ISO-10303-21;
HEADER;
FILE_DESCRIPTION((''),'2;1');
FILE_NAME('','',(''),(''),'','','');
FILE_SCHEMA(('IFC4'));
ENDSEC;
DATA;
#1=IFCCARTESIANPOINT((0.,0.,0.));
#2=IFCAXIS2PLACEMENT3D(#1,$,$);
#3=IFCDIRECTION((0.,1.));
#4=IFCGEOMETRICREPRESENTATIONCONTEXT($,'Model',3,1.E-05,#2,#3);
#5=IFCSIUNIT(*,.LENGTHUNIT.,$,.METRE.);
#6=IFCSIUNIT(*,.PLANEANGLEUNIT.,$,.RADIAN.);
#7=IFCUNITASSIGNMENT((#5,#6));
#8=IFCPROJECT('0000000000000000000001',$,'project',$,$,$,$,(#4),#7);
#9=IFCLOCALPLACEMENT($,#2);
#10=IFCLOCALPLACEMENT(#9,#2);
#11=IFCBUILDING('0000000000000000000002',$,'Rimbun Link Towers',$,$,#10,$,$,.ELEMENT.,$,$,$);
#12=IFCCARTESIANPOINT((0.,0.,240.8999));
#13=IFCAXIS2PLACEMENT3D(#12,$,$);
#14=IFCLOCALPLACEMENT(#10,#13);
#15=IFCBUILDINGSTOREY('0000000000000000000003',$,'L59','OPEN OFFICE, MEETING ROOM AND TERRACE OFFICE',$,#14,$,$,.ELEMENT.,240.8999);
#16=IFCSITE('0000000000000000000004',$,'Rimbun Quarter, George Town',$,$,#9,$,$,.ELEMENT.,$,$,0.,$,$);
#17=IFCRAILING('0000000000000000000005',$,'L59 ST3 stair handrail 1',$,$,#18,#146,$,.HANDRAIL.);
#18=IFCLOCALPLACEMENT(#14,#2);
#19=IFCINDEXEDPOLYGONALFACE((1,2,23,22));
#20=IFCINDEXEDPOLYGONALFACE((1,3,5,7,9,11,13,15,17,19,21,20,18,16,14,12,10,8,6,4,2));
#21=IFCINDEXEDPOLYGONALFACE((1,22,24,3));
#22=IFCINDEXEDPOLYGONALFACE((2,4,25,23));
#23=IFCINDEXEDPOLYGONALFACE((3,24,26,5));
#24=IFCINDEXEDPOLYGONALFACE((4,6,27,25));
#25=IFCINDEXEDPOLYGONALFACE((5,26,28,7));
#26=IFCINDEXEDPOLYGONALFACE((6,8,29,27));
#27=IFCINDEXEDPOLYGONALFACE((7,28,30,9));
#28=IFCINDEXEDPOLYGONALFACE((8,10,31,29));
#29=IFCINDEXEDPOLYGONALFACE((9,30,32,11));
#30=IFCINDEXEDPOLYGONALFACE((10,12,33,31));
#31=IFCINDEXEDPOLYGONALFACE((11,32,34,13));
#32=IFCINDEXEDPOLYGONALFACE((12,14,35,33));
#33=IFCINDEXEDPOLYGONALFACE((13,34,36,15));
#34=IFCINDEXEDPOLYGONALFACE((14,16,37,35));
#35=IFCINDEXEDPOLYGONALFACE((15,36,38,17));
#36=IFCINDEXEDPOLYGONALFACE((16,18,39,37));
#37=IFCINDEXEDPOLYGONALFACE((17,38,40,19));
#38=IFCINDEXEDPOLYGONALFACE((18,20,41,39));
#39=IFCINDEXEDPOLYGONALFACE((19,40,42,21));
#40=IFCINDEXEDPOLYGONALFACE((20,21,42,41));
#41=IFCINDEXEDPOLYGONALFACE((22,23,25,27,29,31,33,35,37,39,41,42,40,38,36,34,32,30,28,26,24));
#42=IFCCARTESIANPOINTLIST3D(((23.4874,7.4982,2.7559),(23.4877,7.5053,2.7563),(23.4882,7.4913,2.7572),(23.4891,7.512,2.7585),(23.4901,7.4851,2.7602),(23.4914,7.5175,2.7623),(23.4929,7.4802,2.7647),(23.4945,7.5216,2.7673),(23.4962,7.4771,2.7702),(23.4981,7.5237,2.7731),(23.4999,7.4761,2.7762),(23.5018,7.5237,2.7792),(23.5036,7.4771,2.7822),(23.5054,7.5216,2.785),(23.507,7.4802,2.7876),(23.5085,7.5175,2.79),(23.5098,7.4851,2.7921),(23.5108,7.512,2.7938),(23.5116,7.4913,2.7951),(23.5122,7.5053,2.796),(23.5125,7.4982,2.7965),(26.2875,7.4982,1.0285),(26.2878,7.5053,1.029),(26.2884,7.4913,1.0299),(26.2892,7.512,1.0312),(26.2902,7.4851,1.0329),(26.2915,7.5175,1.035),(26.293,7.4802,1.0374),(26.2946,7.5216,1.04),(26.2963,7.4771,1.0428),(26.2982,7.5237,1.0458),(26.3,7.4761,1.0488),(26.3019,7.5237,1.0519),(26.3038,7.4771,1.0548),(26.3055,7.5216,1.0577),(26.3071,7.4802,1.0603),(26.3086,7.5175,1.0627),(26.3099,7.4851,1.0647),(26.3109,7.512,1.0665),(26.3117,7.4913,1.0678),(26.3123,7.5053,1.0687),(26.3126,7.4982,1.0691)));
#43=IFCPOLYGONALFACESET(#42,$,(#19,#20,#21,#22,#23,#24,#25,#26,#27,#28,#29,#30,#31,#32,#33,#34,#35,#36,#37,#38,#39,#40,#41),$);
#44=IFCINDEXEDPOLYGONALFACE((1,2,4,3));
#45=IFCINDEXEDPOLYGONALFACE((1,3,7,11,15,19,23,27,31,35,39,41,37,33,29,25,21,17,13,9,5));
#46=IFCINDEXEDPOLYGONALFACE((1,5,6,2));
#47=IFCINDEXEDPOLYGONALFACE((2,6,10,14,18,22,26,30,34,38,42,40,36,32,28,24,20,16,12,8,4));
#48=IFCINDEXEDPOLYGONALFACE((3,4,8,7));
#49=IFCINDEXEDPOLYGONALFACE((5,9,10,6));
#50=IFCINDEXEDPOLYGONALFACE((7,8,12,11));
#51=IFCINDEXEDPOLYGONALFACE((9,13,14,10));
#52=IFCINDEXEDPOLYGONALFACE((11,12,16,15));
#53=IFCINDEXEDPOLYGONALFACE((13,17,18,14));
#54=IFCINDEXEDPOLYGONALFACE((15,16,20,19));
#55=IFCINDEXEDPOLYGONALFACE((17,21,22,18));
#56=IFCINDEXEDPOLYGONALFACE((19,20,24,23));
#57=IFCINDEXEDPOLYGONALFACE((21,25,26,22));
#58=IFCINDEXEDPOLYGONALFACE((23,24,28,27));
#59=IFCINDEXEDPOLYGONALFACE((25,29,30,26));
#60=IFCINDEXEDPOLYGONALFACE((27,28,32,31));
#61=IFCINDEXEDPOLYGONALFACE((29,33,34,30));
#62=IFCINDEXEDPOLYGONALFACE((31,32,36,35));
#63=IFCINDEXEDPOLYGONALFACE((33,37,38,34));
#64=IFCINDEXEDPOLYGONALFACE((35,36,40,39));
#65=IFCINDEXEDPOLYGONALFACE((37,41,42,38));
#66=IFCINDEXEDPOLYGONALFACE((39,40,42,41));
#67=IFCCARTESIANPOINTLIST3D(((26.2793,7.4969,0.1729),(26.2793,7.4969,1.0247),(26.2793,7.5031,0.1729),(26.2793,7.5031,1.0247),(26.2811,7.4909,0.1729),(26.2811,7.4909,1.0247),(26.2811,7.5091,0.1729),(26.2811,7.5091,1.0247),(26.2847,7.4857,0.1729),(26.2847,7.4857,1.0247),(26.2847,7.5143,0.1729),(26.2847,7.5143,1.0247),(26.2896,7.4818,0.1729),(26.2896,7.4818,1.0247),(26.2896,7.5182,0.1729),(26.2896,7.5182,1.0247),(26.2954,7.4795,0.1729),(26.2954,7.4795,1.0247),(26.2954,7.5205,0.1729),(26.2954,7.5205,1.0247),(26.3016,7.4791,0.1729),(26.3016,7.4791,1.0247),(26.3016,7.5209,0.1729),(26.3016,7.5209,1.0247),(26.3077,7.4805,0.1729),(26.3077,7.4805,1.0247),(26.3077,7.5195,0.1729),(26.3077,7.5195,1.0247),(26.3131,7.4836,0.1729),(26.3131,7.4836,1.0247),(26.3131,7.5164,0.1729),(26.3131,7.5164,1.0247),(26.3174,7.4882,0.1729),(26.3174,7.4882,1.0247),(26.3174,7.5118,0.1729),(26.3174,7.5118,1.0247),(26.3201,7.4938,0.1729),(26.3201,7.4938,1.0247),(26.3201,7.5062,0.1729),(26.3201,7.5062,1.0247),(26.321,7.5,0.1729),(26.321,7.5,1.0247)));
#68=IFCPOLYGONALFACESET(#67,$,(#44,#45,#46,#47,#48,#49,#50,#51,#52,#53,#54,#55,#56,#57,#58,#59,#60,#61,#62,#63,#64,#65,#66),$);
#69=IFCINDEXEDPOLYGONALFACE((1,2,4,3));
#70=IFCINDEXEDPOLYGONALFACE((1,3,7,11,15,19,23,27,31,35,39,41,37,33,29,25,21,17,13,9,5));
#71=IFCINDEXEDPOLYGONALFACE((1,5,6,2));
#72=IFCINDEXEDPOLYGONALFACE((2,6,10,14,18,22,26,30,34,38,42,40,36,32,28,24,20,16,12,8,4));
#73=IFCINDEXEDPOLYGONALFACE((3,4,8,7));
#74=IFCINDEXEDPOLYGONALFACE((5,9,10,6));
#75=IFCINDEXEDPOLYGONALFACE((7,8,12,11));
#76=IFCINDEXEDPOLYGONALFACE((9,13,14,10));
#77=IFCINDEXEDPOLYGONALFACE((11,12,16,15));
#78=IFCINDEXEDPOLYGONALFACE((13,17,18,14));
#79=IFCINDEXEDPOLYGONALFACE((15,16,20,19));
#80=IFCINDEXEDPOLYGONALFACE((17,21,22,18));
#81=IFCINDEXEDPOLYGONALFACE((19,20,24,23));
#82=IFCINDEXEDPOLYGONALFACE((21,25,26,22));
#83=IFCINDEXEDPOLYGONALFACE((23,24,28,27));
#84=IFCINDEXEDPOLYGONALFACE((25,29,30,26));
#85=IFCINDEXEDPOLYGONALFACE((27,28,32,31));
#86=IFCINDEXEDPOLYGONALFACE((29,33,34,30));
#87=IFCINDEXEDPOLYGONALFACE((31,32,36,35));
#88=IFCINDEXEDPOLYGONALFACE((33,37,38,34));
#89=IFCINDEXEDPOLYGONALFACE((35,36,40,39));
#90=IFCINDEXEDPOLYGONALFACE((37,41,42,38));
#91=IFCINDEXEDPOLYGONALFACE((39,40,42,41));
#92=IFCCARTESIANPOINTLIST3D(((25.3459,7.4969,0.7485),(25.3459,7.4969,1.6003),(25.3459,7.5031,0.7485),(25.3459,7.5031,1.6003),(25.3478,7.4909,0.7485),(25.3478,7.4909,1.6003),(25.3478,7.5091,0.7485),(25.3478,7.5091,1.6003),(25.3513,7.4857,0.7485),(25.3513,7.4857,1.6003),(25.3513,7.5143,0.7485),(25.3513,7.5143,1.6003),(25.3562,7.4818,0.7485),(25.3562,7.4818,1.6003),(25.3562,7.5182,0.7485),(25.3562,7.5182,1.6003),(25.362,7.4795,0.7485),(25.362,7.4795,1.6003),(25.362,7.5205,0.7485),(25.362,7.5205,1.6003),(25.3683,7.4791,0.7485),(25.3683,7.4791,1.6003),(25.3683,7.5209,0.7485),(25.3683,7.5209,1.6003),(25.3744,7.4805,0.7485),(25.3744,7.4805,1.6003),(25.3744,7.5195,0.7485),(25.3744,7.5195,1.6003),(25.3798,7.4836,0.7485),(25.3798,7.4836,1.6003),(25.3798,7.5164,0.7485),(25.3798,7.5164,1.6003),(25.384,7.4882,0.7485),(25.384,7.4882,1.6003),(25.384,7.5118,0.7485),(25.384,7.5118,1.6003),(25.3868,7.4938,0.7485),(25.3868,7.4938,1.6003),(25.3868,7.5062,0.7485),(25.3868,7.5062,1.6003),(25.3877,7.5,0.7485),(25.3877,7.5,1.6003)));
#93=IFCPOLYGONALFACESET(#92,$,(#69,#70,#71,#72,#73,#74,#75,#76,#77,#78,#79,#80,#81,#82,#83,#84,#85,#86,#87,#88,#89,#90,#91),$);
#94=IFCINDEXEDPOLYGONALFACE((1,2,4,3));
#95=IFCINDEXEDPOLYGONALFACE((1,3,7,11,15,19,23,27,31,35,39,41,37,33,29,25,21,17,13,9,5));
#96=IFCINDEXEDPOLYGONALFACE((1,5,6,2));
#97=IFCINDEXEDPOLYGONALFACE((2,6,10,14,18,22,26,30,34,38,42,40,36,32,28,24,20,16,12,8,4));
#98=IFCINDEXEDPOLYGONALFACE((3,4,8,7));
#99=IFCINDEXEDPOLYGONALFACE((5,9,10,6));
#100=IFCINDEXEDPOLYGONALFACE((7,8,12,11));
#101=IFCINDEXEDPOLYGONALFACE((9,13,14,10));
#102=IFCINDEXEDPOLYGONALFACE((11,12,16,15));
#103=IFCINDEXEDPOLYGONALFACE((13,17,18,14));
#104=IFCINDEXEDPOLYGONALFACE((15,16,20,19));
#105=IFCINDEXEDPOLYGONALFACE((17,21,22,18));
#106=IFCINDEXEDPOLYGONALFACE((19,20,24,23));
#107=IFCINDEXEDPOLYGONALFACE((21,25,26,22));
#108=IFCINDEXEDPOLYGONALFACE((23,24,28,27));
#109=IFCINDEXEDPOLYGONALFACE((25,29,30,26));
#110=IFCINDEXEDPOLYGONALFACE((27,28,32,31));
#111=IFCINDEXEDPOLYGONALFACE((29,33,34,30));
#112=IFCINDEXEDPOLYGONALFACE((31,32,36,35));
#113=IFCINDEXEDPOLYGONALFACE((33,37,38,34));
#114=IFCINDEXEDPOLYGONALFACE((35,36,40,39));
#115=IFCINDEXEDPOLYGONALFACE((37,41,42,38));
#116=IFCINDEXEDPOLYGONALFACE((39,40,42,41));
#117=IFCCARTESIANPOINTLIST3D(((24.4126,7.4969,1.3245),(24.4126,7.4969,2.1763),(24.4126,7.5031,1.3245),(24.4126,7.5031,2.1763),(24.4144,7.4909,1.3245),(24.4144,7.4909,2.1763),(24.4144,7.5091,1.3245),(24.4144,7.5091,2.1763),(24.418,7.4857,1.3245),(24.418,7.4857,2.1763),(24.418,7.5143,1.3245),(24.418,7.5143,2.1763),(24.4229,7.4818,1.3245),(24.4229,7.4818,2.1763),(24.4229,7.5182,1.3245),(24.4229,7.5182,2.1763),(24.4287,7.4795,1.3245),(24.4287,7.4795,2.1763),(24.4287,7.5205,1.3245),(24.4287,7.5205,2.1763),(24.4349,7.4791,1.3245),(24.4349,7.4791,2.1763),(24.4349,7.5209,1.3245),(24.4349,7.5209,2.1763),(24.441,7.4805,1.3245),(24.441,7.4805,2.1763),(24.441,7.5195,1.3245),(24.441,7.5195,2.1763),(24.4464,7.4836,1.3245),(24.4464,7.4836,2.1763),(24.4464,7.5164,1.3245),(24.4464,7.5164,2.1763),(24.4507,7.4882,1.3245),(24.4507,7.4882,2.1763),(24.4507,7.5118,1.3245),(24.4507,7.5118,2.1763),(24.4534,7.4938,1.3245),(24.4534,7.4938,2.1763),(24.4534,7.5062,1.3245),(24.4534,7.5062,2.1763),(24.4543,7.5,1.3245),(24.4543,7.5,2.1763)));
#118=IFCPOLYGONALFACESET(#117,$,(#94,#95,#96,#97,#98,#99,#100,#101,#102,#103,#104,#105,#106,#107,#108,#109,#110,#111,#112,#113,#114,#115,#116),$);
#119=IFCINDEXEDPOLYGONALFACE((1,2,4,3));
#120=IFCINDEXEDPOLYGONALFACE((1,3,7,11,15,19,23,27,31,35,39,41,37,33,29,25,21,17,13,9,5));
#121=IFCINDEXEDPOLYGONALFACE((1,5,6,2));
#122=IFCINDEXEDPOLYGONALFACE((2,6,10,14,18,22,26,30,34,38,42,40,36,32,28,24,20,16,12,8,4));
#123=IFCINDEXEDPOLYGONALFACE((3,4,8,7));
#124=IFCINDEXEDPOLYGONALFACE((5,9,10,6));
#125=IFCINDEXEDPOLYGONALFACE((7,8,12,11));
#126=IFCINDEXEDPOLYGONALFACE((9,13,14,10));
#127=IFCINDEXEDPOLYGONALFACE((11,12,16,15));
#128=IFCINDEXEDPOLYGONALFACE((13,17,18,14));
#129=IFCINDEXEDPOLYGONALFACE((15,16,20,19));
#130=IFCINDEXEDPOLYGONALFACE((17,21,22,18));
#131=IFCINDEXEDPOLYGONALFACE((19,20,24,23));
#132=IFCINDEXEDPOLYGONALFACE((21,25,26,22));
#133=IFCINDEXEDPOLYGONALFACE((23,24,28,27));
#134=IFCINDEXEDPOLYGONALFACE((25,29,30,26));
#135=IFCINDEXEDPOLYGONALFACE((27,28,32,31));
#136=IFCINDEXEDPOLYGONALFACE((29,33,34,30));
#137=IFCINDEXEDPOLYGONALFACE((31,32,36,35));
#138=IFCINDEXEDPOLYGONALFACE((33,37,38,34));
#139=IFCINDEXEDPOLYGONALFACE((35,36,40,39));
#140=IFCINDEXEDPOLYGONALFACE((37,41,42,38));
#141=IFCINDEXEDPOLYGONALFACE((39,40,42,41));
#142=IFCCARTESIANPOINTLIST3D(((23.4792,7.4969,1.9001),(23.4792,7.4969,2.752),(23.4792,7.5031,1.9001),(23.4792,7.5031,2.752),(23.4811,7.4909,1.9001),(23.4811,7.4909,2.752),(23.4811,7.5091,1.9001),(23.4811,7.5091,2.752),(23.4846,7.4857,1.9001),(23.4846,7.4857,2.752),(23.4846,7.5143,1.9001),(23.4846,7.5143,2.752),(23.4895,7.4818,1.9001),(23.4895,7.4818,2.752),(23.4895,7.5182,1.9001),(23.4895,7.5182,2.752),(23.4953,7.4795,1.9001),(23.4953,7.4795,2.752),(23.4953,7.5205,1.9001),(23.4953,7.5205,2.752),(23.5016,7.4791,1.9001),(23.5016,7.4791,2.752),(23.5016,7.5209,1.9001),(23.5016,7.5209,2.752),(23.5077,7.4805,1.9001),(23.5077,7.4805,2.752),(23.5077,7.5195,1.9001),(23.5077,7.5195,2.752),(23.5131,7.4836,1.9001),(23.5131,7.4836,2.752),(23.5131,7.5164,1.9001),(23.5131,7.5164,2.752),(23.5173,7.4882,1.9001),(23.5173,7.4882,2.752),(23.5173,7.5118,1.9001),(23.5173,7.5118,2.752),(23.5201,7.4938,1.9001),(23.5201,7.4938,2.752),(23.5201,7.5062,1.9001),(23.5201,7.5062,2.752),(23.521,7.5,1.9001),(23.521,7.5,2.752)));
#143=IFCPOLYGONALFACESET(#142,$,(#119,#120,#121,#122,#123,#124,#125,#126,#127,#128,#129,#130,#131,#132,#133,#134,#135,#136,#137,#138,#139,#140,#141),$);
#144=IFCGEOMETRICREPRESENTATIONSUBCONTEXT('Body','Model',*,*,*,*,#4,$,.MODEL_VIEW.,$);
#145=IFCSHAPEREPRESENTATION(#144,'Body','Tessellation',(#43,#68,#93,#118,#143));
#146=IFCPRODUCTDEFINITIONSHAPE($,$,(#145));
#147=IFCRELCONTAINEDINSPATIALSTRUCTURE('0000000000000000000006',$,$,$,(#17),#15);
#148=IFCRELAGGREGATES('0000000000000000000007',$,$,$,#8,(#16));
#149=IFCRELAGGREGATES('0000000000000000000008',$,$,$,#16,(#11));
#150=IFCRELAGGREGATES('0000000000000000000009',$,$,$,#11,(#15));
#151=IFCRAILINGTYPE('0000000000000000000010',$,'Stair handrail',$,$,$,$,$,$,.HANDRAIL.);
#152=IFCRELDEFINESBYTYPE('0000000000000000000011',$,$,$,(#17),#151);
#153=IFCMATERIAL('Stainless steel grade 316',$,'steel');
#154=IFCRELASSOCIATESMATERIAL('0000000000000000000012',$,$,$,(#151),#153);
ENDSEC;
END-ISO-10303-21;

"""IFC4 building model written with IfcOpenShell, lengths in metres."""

from ifc_helpers import new_model, si_unit, direction, frame, origin, origin_2d, place, context, subcontext, project, spatial, circle, extrude, material, type_object, element, save


model = new_model("IFC4")

# Units and contexts
model_context = context("Model", 3, precision=1e-05, world=origin(), true_north=direction((0.0, 1.0)))
body_context = subcontext(model_context, "Body", "Model", "MODEL_VIEW")
ifc_project = project(units=[si_unit("LENGTHUNIT", "METRE"), si_unit("PLANEANGLEUNIT", "RADIAN")], contexts=[model_context])

# Site, building, storey
site_placement = place(None, origin())
site = spatial("IfcSite", under=ifc_project, at=site_placement, Name="Rimbun Quarter, George Town", CompositionType="ELEMENT", RefElevation=0.0)
building_placement = place(site_placement, origin())
building = spatial("IfcBuilding", under=site, at=building_placement, Name="Rimbun Link Towers", CompositionType="ELEMENT")
storey_placement = place(building_placement, frame((0.0, 0.0, 240.8999)))
storey = spatial("IfcBuildingStorey", under=building, at=storey_placement, Name="L59", Description="OPEN OFFICE, MEETING ROOM AND TERRACE OFFICE", CompositionType="ELEMENT", Elevation=240.8999)

# Railing
ifc_material_1 = material(Name="Stainless steel grade 316", Category="steel")
railing_type_1 = type_object("IfcRailingType", Name="Stair handrail", PredefinedType="HANDRAIL", material=ifc_material_1)
railing_1_placement = place(storey_placement, frame((26.3, 7.5, 0.1729)))
element("IfcRailing", 1, at=railing_1_placement, inside=storey, type_object=railing_type_1, Name="L59 ST3 stair handrail 1", PredefinedType="HANDRAIL", context=body_context, shape_type="SweptSolid", body=[
    extrude(circle(Radius=0.0239, at=origin_2d()), frame((0.0, 0.0, 0.876), z_axis=(-0.85109, 0.0, 0.52502), x_axis=(0.0, -1.0, 0.0)), (0.0, 0.0, 1.0), 3.29),
    extrude(circle(Radius=0.021, at=origin_2d()), origin(), (0.0, 0.0, 1.0), 0.8518),
    extrude(circle(Radius=0.021, at=origin_2d()), frame((-0.9333, 0.0, 0.5757)), (0.0, 0.0, 1.0), 0.8518),
    extrude(circle(Radius=0.021, at=origin_2d()), frame((-1.8667, 0.0, 1.1516)), (0.0, 0.0, 1.0), 0.8518),
    extrude(circle(Radius=0.021, at=origin_2d()), frame((-2.8, 0.0, 1.7273)), (0.0, 0.0, 1.0), 0.8518),
])

save(model, "model.ifc")
